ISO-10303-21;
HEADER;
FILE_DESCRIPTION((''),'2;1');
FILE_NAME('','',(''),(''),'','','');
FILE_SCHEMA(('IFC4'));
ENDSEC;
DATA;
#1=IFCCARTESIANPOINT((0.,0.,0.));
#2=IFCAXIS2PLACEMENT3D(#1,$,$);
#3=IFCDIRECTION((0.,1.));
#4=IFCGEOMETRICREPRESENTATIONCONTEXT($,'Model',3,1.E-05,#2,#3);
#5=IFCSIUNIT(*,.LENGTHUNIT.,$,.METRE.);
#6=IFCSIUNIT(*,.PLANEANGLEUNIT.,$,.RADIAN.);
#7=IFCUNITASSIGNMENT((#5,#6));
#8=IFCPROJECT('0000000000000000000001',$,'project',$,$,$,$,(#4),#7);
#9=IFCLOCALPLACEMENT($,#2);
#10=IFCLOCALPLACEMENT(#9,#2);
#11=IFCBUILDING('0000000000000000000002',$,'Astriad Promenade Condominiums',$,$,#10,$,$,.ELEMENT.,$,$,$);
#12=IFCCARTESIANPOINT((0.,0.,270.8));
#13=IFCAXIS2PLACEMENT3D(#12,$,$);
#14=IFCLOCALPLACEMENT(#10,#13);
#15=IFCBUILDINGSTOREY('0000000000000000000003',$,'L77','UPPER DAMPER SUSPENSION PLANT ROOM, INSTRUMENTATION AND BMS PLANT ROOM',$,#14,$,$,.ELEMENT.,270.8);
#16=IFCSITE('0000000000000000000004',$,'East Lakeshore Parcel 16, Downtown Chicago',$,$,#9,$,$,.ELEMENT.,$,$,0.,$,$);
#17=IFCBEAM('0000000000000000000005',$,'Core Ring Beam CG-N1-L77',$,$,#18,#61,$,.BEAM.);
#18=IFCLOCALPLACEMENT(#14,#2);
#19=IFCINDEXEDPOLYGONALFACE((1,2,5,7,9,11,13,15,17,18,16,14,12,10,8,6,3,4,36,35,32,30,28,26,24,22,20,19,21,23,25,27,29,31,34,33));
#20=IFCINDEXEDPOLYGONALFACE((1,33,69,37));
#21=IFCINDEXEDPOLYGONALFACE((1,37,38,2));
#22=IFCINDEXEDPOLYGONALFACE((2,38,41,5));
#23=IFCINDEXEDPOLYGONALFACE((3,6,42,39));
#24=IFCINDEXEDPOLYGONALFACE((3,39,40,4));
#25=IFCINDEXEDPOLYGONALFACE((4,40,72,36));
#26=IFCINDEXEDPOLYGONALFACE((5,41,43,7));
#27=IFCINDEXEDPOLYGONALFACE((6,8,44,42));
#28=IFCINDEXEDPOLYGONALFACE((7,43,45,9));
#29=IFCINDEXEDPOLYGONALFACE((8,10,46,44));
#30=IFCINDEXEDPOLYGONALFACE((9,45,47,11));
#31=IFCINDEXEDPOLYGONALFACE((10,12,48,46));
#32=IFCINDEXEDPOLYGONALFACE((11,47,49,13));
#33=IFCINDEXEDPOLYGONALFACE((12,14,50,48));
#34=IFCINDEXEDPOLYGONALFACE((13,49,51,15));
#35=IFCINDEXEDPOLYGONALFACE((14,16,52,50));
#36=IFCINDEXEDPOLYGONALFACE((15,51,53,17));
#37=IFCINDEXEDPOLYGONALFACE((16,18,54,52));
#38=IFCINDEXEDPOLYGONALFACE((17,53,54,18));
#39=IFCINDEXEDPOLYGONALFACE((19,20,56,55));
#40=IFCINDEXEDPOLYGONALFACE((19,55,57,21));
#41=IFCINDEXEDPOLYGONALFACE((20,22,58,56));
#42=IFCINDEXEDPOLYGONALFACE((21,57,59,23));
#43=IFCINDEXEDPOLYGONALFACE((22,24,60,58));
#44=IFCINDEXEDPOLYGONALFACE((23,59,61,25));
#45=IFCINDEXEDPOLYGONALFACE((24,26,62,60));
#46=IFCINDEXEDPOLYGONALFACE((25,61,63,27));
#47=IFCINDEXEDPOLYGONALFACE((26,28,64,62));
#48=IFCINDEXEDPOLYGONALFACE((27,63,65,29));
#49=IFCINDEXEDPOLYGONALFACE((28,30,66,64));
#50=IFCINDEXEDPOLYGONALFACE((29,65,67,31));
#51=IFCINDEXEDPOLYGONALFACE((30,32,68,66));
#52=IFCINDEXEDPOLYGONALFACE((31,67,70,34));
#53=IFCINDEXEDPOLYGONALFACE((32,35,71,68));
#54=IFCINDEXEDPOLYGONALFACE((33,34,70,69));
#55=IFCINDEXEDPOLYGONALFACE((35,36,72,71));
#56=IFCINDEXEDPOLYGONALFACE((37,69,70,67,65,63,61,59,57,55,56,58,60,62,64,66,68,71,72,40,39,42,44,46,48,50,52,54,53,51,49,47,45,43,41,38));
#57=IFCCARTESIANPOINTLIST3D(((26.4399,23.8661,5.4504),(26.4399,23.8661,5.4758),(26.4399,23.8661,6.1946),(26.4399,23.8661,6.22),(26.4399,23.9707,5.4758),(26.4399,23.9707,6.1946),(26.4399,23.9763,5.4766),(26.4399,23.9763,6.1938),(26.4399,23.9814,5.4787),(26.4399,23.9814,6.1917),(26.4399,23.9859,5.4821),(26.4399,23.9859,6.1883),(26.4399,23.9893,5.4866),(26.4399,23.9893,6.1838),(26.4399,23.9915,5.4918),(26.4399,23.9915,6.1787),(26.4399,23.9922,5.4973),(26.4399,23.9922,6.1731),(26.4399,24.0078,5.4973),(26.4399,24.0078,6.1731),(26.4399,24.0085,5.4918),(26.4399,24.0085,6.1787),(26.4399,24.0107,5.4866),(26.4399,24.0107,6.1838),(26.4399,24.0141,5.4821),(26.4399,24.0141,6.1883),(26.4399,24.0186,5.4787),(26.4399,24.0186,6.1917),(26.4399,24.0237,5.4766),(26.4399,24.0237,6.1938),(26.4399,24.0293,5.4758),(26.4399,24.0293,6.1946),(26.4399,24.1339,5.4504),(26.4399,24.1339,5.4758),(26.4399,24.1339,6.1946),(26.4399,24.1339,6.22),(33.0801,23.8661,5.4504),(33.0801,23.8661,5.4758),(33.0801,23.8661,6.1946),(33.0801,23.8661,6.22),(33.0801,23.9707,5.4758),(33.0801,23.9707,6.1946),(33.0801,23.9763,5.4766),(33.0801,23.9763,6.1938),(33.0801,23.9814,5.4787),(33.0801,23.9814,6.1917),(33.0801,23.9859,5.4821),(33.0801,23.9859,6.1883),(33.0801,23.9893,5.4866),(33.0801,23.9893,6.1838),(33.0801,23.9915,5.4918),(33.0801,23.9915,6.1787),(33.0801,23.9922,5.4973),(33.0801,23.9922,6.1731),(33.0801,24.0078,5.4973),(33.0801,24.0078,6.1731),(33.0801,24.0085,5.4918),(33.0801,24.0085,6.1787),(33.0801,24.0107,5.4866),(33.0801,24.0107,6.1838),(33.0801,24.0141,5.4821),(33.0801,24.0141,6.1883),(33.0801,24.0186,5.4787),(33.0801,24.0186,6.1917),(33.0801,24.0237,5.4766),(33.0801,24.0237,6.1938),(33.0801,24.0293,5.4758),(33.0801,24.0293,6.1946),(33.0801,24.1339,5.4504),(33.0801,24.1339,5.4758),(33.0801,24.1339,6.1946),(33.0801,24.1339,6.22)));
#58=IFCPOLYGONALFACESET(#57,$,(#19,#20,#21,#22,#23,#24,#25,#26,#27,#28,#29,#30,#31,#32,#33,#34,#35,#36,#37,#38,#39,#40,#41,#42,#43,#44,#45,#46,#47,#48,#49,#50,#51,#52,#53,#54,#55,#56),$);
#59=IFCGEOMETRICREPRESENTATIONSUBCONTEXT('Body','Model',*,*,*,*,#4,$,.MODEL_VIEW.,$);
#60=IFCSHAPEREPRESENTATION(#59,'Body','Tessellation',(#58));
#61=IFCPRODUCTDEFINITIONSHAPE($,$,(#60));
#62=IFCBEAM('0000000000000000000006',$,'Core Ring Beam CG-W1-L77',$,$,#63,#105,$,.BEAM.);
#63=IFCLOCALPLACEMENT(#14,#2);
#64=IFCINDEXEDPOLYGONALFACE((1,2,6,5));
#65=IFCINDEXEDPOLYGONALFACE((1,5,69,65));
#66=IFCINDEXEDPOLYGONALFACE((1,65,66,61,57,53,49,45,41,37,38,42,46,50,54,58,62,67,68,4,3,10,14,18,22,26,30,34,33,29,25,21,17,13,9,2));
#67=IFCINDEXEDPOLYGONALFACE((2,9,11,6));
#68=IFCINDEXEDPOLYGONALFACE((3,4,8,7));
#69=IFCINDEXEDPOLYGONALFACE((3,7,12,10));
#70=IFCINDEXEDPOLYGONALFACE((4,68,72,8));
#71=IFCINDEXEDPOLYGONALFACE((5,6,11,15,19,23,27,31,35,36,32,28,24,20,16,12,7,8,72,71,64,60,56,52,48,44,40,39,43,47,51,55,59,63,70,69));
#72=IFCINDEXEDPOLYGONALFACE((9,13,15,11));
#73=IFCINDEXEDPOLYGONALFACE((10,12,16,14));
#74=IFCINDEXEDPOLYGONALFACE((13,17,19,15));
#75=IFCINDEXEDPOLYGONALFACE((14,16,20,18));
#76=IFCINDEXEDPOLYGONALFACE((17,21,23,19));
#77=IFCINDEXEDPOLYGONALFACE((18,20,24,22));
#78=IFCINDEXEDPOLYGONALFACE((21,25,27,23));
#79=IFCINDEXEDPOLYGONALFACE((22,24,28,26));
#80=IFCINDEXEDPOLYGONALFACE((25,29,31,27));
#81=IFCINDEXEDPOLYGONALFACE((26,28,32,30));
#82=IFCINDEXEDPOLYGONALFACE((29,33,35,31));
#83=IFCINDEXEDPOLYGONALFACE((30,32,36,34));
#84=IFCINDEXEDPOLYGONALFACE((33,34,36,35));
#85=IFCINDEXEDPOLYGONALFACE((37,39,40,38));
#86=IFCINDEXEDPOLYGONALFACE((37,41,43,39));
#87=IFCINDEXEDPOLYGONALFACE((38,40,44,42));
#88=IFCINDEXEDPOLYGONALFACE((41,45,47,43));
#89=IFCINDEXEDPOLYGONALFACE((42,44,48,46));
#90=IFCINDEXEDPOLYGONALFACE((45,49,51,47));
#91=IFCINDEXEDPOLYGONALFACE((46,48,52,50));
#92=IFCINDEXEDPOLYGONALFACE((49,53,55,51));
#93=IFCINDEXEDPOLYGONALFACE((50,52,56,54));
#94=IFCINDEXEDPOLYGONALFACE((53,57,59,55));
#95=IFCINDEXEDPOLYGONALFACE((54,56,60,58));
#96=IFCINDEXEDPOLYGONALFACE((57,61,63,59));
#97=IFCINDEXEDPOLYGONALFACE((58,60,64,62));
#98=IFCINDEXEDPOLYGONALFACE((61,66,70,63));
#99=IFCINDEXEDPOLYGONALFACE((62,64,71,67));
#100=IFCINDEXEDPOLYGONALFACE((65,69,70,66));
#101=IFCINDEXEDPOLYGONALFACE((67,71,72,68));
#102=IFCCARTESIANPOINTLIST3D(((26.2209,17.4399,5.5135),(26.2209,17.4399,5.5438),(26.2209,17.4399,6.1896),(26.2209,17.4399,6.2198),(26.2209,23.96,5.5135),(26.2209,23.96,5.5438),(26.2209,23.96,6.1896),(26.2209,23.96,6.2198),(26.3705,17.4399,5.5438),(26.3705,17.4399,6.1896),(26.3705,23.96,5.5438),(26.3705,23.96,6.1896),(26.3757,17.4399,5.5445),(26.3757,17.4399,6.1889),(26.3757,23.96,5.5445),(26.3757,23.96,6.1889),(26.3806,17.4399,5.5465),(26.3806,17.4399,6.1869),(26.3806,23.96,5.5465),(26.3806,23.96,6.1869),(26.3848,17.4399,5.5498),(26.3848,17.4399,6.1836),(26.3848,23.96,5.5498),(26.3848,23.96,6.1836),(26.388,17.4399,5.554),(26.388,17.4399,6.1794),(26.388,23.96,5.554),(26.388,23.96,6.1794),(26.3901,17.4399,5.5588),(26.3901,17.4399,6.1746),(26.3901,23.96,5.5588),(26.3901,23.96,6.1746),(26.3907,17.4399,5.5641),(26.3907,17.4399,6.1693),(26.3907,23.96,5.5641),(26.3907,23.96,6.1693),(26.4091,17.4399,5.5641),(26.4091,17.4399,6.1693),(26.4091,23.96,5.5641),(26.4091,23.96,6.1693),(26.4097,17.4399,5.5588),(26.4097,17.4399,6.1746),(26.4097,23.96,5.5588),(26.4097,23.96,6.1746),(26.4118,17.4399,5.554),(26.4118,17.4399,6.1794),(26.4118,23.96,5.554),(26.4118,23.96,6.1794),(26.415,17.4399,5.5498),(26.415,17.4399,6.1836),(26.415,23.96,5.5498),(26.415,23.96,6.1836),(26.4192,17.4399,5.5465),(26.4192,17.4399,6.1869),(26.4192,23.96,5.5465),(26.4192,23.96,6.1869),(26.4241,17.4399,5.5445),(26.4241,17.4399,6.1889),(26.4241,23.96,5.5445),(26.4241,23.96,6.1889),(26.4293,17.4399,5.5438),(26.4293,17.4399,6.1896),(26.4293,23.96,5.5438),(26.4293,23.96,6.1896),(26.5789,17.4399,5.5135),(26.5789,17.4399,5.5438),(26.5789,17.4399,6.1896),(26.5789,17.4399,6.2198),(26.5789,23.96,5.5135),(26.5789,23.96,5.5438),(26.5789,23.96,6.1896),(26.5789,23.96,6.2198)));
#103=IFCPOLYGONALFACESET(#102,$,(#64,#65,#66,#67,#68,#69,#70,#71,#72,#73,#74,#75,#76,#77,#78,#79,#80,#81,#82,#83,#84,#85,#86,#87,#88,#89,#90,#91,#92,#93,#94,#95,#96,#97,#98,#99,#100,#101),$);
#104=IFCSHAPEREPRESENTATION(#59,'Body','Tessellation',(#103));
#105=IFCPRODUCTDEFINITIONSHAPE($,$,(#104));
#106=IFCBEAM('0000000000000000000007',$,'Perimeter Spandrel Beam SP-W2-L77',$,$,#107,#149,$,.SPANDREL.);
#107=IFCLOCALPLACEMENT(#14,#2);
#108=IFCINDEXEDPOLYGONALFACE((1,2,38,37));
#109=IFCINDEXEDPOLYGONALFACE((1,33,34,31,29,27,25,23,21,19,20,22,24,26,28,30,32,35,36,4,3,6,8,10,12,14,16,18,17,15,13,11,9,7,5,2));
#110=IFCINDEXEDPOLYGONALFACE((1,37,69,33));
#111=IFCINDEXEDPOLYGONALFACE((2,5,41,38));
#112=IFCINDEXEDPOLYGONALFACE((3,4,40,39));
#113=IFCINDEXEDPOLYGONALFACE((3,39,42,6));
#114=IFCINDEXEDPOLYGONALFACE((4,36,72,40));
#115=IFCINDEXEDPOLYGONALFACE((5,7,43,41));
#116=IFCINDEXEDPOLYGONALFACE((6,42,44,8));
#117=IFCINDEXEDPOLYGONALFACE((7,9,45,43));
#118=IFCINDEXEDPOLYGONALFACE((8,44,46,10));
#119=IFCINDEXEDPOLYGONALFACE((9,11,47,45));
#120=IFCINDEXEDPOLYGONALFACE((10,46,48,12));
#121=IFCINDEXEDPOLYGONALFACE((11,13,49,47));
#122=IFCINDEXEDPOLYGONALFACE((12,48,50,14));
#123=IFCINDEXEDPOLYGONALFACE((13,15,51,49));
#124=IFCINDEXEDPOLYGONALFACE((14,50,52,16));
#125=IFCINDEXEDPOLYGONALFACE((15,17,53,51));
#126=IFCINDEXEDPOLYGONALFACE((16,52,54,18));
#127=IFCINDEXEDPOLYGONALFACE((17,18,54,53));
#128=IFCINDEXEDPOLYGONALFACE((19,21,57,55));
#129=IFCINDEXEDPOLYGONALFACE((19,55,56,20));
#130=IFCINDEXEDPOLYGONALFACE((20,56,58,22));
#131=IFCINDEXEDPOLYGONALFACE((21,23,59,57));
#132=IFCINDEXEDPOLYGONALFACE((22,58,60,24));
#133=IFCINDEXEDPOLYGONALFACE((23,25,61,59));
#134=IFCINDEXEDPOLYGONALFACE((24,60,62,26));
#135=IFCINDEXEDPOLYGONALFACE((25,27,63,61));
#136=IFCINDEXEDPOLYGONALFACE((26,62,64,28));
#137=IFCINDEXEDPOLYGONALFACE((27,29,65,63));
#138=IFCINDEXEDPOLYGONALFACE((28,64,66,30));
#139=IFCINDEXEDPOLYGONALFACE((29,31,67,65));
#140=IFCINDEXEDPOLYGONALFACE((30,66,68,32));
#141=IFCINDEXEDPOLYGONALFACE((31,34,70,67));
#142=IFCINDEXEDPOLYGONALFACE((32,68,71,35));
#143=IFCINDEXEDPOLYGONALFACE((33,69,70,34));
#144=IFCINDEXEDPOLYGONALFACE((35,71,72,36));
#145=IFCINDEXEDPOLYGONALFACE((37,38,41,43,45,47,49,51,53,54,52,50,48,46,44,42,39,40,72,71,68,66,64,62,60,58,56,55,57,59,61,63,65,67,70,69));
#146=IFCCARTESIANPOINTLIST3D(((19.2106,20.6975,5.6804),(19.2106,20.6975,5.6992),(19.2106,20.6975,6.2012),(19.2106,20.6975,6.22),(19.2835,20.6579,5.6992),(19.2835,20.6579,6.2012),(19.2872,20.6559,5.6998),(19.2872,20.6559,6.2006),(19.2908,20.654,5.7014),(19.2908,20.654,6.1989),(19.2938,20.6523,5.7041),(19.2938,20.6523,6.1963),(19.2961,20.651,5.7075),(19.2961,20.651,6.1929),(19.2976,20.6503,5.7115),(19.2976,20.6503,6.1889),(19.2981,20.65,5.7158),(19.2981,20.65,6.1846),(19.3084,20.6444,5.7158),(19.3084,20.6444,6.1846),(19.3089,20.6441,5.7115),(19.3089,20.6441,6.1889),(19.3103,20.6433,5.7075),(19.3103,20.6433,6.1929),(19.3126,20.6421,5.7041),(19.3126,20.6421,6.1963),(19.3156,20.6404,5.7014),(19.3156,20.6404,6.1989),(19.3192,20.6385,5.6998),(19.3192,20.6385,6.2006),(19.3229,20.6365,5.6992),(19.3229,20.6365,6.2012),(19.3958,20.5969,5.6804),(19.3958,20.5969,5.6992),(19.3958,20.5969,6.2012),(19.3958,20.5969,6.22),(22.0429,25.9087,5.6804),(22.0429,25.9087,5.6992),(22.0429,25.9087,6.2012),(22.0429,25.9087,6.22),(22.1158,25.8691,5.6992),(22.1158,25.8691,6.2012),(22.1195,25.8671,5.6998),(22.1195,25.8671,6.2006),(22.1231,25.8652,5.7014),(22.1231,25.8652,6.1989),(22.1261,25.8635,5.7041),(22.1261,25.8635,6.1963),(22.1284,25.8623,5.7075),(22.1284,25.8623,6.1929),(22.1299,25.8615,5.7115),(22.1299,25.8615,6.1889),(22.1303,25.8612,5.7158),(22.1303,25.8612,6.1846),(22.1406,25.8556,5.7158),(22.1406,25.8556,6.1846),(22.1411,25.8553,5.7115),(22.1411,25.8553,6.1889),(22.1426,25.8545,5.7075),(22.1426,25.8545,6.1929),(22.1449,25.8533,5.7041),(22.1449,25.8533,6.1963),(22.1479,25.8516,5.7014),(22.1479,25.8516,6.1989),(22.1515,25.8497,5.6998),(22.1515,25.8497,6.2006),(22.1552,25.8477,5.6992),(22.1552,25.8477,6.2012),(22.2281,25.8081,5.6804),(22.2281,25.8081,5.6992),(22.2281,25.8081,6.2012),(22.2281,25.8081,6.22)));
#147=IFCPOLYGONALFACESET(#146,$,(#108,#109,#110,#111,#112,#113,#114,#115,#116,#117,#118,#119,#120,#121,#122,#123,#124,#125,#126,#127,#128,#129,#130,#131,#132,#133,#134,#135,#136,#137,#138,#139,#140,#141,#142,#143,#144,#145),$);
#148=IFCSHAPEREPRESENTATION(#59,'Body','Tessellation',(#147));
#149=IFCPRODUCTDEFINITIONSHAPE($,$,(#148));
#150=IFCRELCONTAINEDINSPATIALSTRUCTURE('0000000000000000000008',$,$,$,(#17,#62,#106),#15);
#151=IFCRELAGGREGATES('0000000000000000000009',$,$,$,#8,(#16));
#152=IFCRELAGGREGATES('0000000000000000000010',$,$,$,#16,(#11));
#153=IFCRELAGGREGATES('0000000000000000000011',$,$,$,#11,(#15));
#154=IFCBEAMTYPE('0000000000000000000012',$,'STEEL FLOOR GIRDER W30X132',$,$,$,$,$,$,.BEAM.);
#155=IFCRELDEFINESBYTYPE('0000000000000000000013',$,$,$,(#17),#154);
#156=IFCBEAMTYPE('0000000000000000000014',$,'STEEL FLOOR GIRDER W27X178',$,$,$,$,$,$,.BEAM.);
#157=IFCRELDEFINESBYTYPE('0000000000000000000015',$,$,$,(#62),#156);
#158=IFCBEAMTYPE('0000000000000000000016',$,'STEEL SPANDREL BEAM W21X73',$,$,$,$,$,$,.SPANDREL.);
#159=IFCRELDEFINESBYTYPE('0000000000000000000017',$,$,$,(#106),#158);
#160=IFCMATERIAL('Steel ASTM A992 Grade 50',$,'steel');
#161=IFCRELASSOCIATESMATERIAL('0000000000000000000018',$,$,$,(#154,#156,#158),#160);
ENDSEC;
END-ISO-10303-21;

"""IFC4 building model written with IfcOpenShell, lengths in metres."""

from ifc_helpers import new_model, si_unit, direction, frame, origin, origin_2d, place, context, subcontext, project, spatial, i_section, extrude, source, transform, mapped, material, material_profile, profile_set, type_object, type_shapes, element, save


model = new_model("IFC4")

# Units and contexts
model_context = context("Model", 3, precision=1e-05, world=origin(), true_north=direction((0.0, 1.0)))
body_context = subcontext(model_context, "Body", "Model", "MODEL_VIEW")
ifc_project = project(units=[si_unit("LENGTHUNIT", "METRE"), si_unit("PLANEANGLEUNIT", "RADIAN")], contexts=[model_context])

# Site, building, storey
site_placement = place(None, origin())
site = spatial("IfcSite", under=ifc_project, at=site_placement, Name="East Lakeshore Parcel 16, Downtown Chicago", CompositionType="ELEMENT", RefElevation=0.0)
building_placement = place(site_placement, origin())
building = spatial("IfcBuilding", under=site, at=building_placement, Name="Astriad Promenade Condominiums", CompositionType="ELEMENT")
storey_placement = place(building_placement, frame((0.0, 0.0, 270.8)))
storey = spatial("IfcBuildingStorey", under=building, at=storey_placement, Name="L77", Description="UPPER DAMPER SUSPENSION PLANT ROOM, INSTRUMENTATION AND BMS PLANT ROOM", CompositionType="ELEMENT", Elevation=270.8)

# Shared definitions
ifc_material_1 = material(Name="Steel ASTM A992 Grade 50", Category="steel")

# Beams
ifc_material_profile_1 = material_profile(ifc_material_1, i_section(OverallWidth=0.2678, OverallDepth=0.7695, WebThickness=0.0156, FlangeThickness=0.0254, FilletRadius=0.0215, at=origin_2d()), Name="W30X132")
ifc_profile_set_1 = profile_set([ifc_material_profile_1], Name="Steel ASTM A992 Grade 50")
beam_type_1 = type_object("IfcBeamType", Name="STEEL FLOOR GIRDER W30X132", PredefinedType="BEAM", material=ifc_profile_set_1)
shared_shape_1 = source(origin(), body_context, "Body", "SweptSolid", [
    extrude(i_section(OverallWidth=0.2678, OverallDepth=0.7695, WebThickness=0.0156, FlangeThickness=0.0254, FilletRadius=0.0215, at=origin_2d()), origin(), (0.0, 0.0, 1.0), 6.6401),
])
type_shapes(beam_type_1, [shared_shape_1])
beam_1_placement = place(storey_placement, frame((26.4399, 24.0, 5.8352), z_axis=(1.0, 0.0, 0.0), x_axis=(0.0, 1.0, 0.0)))
element("IfcBeam", 1, at=beam_1_placement, inside=storey, type_object=beam_type_1, Name="Core Ring Beam CG-N1-L77", PredefinedType="BEAM", context=body_context, shape_type="MappedRepresentation", body=[
    mapped(shared_shape_1, transform((0.0, 0.0, 0.0), scale=1.0)),
])
ifc_material_profile_2 = material_profile(ifc_material_1, i_section(OverallWidth=0.3579, OverallDepth=0.7063, WebThickness=0.0183, FlangeThickness=0.0303, FilletRadius=0.0203, at=origin_2d()), Name="W27X178")
ifc_profile_set_2 = profile_set([ifc_material_profile_2], Name="Steel ASTM A992 Grade 50")
beam_type_2 = type_object("IfcBeamType", Name="STEEL FLOOR GIRDER W27X178", PredefinedType="BEAM", material=ifc_profile_set_2)
shared_shape_2 = source(origin(), body_context, "Body", "SweptSolid", [
    extrude(i_section(OverallWidth=0.3579, OverallDepth=0.7063, WebThickness=0.0183, FlangeThickness=0.0303, FilletRadius=0.0203, at=origin_2d()), origin(), (0.0, 0.0, 1.0), 6.52),
])
type_shapes(beam_type_2, [shared_shape_2])
beam_2_placement = place(storey_placement, frame((26.3999, 17.4399, 5.8667), z_axis=(0.0, 1.0, 0.0), x_axis=(-1.0, 0.0, 0.0)))
element("IfcBeam", 2, at=beam_2_placement, inside=storey, type_object=beam_type_2, Name="Core Ring Beam CG-W1-L77", PredefinedType="BEAM", context=body_context, shape_type="MappedRepresentation", body=[
    mapped(shared_shape_2, transform((0.0, 0.0, 0.0), scale=1.0)),
])
ifc_material_profile_3 = material_profile(ifc_material_1, i_section(OverallWidth=0.2107, OverallDepth=0.5396, WebThickness=0.0117, FlangeThickness=0.0188, FilletRadius=0.0166, at=origin_2d()), Name="W21X73")
ifc_profile_set_3 = profile_set([ifc_material_profile_3], Name="Steel ASTM A992 Grade 50")
beam_type_3 = type_object("IfcBeamType", Name="STEEL SPANDREL BEAM W21X73", PredefinedType="SPANDREL", material=ifc_profile_set_3)
shared_shape_3 = source(origin(), body_context, "Body", "SweptSolid", [
    extrude(i_section(OverallWidth=0.2107, OverallDepth=0.5396, WebThickness=0.0117, FlangeThickness=0.0188, FilletRadius=0.0166, at=origin_2d()), origin(), (0.0, 0.0, 1.0), 5.9312),
])
beam_3_placement = place(storey_placement, frame((22.1355, 25.8584, 5.9502), z_axis=(-0.477528, -0.878617, 0.0), x_axis=(0.878617, -0.477528, 0.0)))
element("IfcBeam", 3, at=beam_3_placement, inside=storey, type_object=beam_type_3, Name="Perimeter Spandrel Beam SP-W2-L77", PredefinedType="SPANDREL", context=body_context, shape_type="MappedRepresentation", body=[
    mapped(shared_shape_3, transform((0.0, 0.0, 0.0), scale=1.0)),
])

save(model, "model.ifc")
